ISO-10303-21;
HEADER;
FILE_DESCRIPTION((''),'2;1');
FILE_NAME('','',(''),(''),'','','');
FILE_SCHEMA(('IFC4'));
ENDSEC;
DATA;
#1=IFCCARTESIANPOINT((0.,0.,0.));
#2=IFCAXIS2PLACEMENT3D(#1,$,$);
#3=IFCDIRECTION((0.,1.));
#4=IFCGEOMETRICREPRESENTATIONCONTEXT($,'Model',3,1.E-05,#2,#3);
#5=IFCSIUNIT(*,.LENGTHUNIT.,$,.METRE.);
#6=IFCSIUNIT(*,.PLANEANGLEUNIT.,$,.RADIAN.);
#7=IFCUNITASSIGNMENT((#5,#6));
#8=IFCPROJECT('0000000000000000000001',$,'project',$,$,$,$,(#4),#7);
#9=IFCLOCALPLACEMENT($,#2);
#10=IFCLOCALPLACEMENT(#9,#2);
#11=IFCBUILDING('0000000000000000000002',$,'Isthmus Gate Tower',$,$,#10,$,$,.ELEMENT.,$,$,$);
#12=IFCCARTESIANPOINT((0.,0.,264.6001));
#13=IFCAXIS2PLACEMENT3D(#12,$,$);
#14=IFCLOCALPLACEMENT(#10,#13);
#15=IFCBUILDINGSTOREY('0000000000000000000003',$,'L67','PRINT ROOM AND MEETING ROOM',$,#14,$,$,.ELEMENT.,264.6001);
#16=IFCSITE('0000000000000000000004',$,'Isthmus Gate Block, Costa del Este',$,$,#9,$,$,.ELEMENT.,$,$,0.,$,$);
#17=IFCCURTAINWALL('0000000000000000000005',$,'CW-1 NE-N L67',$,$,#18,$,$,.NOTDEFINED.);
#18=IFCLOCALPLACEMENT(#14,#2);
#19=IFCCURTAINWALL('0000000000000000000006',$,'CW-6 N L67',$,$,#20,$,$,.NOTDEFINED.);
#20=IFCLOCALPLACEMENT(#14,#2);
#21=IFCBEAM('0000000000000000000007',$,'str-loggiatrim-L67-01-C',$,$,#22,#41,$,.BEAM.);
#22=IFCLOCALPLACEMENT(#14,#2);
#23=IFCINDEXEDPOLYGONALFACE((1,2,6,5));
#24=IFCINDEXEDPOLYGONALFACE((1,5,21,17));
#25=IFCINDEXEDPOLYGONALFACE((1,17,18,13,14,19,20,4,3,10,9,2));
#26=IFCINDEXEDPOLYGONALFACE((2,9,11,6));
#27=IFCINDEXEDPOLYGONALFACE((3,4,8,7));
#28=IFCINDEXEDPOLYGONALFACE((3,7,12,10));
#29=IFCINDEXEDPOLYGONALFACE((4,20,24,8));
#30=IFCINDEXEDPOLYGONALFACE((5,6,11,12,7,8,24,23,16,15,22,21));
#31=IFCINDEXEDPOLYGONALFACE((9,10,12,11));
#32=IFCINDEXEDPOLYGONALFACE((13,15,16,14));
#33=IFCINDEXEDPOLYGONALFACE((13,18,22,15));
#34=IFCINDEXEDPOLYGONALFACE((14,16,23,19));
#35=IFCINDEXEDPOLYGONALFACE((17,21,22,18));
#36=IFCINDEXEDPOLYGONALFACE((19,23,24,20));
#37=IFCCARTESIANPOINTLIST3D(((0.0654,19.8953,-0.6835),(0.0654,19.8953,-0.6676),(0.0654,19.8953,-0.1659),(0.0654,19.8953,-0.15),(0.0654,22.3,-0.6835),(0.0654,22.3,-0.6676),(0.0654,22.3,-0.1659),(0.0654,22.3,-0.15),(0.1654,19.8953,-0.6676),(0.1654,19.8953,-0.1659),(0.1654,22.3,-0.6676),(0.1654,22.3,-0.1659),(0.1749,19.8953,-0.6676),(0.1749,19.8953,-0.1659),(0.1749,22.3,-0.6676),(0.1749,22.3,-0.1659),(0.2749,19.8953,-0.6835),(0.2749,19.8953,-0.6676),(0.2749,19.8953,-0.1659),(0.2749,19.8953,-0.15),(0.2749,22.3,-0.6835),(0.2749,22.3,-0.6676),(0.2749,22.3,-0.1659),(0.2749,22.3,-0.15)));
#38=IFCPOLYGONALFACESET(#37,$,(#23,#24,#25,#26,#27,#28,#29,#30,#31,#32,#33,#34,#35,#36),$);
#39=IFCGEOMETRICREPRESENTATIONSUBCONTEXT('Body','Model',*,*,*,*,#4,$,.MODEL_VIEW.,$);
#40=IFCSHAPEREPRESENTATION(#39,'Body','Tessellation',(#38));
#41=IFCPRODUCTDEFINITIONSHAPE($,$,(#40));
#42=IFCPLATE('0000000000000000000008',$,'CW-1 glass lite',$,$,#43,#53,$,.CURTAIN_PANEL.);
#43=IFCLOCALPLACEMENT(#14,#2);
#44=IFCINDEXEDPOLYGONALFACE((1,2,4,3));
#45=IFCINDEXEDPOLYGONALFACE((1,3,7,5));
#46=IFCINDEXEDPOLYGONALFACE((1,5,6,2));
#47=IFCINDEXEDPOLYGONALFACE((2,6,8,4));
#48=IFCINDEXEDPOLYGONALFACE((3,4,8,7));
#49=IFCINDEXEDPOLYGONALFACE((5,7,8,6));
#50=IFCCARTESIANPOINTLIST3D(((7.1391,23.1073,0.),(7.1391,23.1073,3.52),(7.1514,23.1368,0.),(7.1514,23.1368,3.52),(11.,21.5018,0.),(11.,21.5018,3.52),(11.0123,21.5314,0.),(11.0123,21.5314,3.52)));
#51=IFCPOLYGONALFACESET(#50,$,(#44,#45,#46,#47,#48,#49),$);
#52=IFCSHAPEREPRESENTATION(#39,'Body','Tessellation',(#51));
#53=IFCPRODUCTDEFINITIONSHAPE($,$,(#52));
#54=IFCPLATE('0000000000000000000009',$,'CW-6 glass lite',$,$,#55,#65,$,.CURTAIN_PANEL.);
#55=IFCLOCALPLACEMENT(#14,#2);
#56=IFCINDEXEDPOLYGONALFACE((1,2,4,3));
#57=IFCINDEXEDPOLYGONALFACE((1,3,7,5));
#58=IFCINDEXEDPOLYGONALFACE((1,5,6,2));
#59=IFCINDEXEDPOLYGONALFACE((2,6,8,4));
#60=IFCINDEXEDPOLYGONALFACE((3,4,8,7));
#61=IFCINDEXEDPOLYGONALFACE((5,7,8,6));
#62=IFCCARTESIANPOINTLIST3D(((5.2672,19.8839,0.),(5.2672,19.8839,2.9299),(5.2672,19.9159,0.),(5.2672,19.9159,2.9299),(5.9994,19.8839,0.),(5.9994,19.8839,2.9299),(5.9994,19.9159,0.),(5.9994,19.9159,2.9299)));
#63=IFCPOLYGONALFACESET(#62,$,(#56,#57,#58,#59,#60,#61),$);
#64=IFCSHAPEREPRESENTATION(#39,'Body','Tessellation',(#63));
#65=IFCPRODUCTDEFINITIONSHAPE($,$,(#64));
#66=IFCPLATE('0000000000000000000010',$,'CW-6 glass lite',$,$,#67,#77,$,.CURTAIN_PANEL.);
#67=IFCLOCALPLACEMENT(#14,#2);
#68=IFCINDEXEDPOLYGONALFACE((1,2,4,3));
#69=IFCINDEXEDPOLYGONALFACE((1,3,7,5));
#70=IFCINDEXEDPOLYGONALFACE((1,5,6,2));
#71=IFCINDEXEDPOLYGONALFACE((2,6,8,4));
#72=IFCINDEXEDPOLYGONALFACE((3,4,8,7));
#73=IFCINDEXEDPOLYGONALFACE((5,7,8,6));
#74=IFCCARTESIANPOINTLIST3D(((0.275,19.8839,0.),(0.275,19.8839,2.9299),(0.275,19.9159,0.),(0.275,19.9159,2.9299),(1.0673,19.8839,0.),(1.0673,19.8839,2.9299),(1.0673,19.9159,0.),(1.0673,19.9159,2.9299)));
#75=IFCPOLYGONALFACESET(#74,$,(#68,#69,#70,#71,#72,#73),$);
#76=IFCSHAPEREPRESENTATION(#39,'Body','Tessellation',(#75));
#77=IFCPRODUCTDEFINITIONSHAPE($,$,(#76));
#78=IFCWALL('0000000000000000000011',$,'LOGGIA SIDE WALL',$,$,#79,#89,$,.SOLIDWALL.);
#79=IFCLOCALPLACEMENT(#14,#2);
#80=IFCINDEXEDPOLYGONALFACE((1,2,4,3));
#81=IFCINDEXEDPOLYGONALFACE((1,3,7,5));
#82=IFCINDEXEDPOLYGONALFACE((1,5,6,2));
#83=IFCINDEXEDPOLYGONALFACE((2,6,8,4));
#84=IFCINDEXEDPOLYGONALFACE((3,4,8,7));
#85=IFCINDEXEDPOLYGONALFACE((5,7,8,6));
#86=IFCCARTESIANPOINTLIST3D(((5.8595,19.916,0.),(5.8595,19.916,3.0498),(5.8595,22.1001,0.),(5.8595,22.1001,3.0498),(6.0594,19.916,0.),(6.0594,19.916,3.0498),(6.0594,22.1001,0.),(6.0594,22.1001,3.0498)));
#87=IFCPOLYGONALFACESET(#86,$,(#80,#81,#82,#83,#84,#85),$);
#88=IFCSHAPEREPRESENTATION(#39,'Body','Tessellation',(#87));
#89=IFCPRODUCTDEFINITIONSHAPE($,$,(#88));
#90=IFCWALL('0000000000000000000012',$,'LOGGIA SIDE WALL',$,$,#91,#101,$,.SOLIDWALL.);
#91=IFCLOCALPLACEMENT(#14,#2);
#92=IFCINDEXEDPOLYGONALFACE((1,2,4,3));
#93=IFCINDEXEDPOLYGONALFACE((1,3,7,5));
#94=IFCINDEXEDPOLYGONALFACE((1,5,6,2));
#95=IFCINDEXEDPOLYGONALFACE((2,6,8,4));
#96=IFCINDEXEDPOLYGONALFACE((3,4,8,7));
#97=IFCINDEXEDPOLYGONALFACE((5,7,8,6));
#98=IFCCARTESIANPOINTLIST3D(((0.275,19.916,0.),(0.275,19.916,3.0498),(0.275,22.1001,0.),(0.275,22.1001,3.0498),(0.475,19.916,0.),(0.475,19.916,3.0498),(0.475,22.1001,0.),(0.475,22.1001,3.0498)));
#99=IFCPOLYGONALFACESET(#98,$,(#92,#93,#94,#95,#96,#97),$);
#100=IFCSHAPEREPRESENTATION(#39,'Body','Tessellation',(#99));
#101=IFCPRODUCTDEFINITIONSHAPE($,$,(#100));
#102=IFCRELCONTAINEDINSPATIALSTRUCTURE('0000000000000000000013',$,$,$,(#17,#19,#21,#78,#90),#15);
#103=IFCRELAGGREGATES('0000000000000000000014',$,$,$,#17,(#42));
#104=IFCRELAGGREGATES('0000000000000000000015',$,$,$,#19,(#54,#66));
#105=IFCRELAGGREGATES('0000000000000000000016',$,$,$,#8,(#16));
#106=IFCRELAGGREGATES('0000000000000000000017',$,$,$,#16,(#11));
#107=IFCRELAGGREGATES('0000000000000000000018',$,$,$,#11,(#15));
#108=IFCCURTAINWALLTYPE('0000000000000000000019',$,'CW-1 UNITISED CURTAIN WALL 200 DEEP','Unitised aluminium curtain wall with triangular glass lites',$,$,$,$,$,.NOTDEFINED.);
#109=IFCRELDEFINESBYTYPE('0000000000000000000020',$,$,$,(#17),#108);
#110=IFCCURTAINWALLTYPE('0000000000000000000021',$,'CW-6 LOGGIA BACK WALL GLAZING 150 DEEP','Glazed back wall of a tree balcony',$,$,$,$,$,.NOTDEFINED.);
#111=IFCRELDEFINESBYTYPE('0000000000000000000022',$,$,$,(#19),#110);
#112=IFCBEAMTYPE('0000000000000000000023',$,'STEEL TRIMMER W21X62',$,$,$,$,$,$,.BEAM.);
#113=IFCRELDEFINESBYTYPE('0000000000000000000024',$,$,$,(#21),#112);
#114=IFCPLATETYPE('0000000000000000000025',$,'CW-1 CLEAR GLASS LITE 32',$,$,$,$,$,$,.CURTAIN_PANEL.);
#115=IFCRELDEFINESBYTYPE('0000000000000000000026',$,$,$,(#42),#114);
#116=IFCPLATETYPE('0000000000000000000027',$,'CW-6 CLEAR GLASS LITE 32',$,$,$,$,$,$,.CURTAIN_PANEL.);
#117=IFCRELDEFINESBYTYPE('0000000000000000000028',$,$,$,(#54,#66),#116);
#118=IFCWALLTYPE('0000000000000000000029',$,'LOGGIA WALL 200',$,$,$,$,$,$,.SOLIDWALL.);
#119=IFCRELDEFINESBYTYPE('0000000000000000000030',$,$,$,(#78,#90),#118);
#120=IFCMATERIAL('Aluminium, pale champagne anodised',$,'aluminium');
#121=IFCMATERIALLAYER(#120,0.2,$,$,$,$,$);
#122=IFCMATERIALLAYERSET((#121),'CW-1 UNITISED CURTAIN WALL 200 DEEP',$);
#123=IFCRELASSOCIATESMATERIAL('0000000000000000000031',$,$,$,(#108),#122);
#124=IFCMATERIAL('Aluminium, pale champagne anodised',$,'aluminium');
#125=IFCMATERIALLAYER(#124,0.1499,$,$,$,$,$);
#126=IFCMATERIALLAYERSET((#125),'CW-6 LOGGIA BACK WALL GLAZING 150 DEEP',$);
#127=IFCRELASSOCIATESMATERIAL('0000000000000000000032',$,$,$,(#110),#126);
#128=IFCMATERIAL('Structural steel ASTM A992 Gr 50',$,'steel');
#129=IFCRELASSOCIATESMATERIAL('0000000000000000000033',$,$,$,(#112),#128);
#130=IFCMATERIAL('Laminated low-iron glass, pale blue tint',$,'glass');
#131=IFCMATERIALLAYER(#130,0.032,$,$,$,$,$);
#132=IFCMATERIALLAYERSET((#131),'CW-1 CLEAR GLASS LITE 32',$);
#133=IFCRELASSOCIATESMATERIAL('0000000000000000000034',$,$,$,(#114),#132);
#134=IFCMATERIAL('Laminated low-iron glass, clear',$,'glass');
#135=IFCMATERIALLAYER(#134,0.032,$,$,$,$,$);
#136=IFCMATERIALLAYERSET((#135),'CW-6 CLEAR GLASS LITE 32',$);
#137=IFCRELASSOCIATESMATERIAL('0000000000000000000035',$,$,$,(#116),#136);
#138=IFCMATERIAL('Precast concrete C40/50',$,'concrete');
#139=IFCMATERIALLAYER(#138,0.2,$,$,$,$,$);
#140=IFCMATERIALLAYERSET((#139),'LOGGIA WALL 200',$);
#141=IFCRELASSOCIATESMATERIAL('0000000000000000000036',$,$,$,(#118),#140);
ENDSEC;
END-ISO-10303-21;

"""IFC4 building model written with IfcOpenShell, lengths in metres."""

from ifc_helpers import new_model, si_unit, direction, frame, frame_2d, origin, origin_2d, place, context, subcontext, project, spatial, rectangle, i_section, extrude, material, layer, layer_set, material_profile, profile_set, type_object, element, aggregate, save


model = new_model("IFC4")

# Units and contexts
model_context = context("Model", 3, precision=1e-05, world=origin(), true_north=direction((0.0, 1.0)))
body_context = subcontext(model_context, "Body", "Model", "MODEL_VIEW")
ifc_project = project(units=[si_unit("LENGTHUNIT", "METRE"), si_unit("PLANEANGLEUNIT", "RADIAN")], contexts=[model_context])

# Site, building, storey
site_placement = place(None, origin())
site = spatial("IfcSite", under=ifc_project, at=site_placement, Name="Isthmus Gate Block, Costa del Este", CompositionType="ELEMENT", RefElevation=0.0)
building_placement = place(site_placement, origin())
building = spatial("IfcBuilding", under=site, at=building_placement, Name="Isthmus Gate Tower", CompositionType="ELEMENT")
storey_placement = place(building_placement, frame((0.0, 0.0, 264.6001)))
storey = spatial("IfcBuildingStorey", under=building, at=storey_placement, Name="L67", Description="PRINT ROOM AND MEETING ROOM", CompositionType="ELEMENT", Elevation=264.6001)

# Curtain walls
ifc_material_1 = material(Name="Aluminium, pale champagne anodised", Category="aluminium")
ifc_layer_1 = layer(ifc_material_1, 0.2)
ifc_layer_set_1 = layer_set([ifc_layer_1], Name="CW-1 UNITISED CURTAIN WALL 200 DEEP")
curtain_wall_type_1 = type_object("IfcCurtainWallType", Name="CW-1 UNITISED CURTAIN WALL 200 DEEP", Description="Unitised aluminium curtain wall with triangular glass lites", PredefinedType="NOTDEFINED", material=ifc_layer_set_1)
curtain_wall_1_placement = place(storey_placement, origin())
curtain_wall_1 = element("IfcCurtainWall", 1, at=curtain_wall_1_placement, inside=storey, type_object=curtain_wall_type_1, Name="CW-1 NE-N L67", PredefinedType="NOTDEFINED")
ifc_material_2 = material(Name="Aluminium, pale champagne anodised", Category="aluminium")
ifc_layer_2 = layer(ifc_material_2, 0.1499)
ifc_layer_set_2 = layer_set([ifc_layer_2], Name="CW-6 LOGGIA BACK WALL GLAZING 150 DEEP")
curtain_wall_type_2 = type_object("IfcCurtainWallType", Name="CW-6 LOGGIA BACK WALL GLAZING 150 DEEP", Description="Glazed back wall of a tree balcony", PredefinedType="NOTDEFINED", material=ifc_layer_set_2)
curtain_wall_2_placement = place(storey_placement, origin())
curtain_wall_2 = element("IfcCurtainWall", 2, at=curtain_wall_2_placement, inside=storey, type_object=curtain_wall_type_2, Name="CW-6 N L67", PredefinedType="NOTDEFINED")

# Beam
ifc_material_3 = material(Name="Structural steel ASTM A992 Gr 50", Category="steel")
ifc_material_profile_1 = material_profile(ifc_material_3, i_section(OverallWidth=0.2095, OverallDepth=0.5334, WebThickness=0.0095, FlangeThickness=0.0159, at=origin_2d()), Name="W21X62")
ifc_profile_set_1 = profile_set([ifc_material_profile_1], Name="Structural steel ASTM A992 Gr 50")
beam_type_1 = type_object("IfcBeamType", Name="STEEL TRIMMER W21X62", PredefinedType="BEAM", material=ifc_profile_set_1)
for number, where, z_axis, x_axis, name in (
    (3, (0.1702, 22.3, -0.4167), (0.0, -1.0, 0.0), (1.0, 0.0, 0.0), "str-loggiatrim-L67-01-C"),
):
    element("IfcBeam", number, at=place(storey_placement, frame(where, z_axis=z_axis, x_axis=x_axis)), inside=storey, type_object=beam_type_1, Name=name, PredefinedType="BEAM", context=body_context, shape_type="SweptSolid", body=[
        extrude(i_section(OverallWidth=0.2095, OverallDepth=0.5334, WebThickness=0.0095, FlangeThickness=0.0159, at=origin_2d()), origin(), (0.0, 0.0, 1.0), 2.4048),
    ])

# Plates
ifc_material_4 = material(Name="Laminated low-iron glass, pale blue tint", Category="glass")
ifc_layer_3 = layer(ifc_material_4, 0.032)
ifc_layer_set_3 = layer_set([ifc_layer_3], Name="CW-1 CLEAR GLASS LITE 32")
plate_type_1 = type_object("IfcPlateType", Name="CW-1 CLEAR GLASS LITE 32", PredefinedType="CURTAIN_PANEL", material=ifc_layer_set_3)
plate_1_placement = place(storey_placement, frame((9.0757, 22.3193, 0.0), z_axis=(0.0, 0.0, 1.0), x_axis=(-0.923353, 0.383952, 0.0)))
plate_1 = element("IfcPlate", 4, at=plate_1_placement, type_object=plate_type_1, Name="CW-1 glass lite", PredefinedType="CURTAIN_PANEL", context=body_context, shape_type="SweptSolid", body=[
    extrude(rectangle(XDim=4.1814, YDim=0.032, at=origin_2d()), origin(), (0.0, 0.0, 1.0), 3.52),
])
aggregate(curtain_wall_1, [plate_1])
ifc_material_5 = material(Name="Laminated low-iron glass, clear", Category="glass")
ifc_layer_4 = layer(ifc_material_5, 0.032)
ifc_layer_set_4 = layer_set([ifc_layer_4], Name="CW-6 CLEAR GLASS LITE 32")
plate_type_2 = type_object("IfcPlateType", Name="CW-6 CLEAR GLASS LITE 32", PredefinedType="CURTAIN_PANEL", material=ifc_layer_set_4)
plate_2_placement = place(storey_placement, frame((5.6333, 19.8999, 0.0), z_axis=(0.0, 0.0, 1.0), x_axis=(-1.0, 0.0, 0.0)))
plate_2 = element("IfcPlate", 5, at=plate_2_placement, type_object=plate_type_2, Name="CW-6 glass lite", PredefinedType="CURTAIN_PANEL", context=body_context, shape_type="SweptSolid", body=[
    extrude(rectangle(XDim=0.7322, YDim=0.032, at=origin_2d()), origin(), (0.0, 0.0, 1.0), 2.9299),
])
plate_3_placement = place(storey_placement, frame((0.6711, 19.8999, 0.0), z_axis=(0.0, 0.0, 1.0), x_axis=(-1.0, 0.0, 0.0)))
plate_3 = element("IfcPlate", 6, at=plate_3_placement, type_object=plate_type_2, Name="CW-6 glass lite", PredefinedType="CURTAIN_PANEL", context=body_context, shape_type="SweptSolid", body=[
    extrude(rectangle(XDim=0.7922, YDim=0.032, at=origin_2d()), origin(), (0.0, 0.0, 1.0), 2.9299),
])
aggregate(curtain_wall_2, [plate_2, plate_3])

# Shared definitions
ifc_material_6 = material(Name="Precast concrete C40/50", Category="concrete")
ifc_layer_5 = layer(ifc_material_6, 0.2)
ifc_layer_set_5 = layer_set([ifc_layer_5], Name="LOGGIA WALL 200")
wall_type = type_object("IfcWallType", Name="LOGGIA WALL 200", PredefinedType="SOLIDWALL", material=ifc_layer_set_5)

# Walls
for number, where, z_axis, x_axis, name in (
    (7, (5.9595, 22.1001, 0.0), (0.0, 0.0, 1.0), (0.0, -1.0, 0.0), "LOGGIA SIDE WALL"),
    (8, (0.375, 22.1001, 0.0), (0.0, 0.0, 1.0), (0.0, -1.0, 0.0), "LOGGIA SIDE WALL"),
):
    element("IfcWall", number, at=place(storey_placement, frame(where, z_axis=z_axis, x_axis=x_axis)), inside=storey, type_object=wall_type, Name=name, PredefinedType="SOLIDWALL", context=body_context, shape_type="SweptSolid", body=[
        extrude(rectangle(XDim=2.1841, YDim=0.2, at=frame_2d((1.092, 0.0))), origin(), (0.0, 0.0, 1.0), 3.0498),
    ])

save(model, "model.ifc")
